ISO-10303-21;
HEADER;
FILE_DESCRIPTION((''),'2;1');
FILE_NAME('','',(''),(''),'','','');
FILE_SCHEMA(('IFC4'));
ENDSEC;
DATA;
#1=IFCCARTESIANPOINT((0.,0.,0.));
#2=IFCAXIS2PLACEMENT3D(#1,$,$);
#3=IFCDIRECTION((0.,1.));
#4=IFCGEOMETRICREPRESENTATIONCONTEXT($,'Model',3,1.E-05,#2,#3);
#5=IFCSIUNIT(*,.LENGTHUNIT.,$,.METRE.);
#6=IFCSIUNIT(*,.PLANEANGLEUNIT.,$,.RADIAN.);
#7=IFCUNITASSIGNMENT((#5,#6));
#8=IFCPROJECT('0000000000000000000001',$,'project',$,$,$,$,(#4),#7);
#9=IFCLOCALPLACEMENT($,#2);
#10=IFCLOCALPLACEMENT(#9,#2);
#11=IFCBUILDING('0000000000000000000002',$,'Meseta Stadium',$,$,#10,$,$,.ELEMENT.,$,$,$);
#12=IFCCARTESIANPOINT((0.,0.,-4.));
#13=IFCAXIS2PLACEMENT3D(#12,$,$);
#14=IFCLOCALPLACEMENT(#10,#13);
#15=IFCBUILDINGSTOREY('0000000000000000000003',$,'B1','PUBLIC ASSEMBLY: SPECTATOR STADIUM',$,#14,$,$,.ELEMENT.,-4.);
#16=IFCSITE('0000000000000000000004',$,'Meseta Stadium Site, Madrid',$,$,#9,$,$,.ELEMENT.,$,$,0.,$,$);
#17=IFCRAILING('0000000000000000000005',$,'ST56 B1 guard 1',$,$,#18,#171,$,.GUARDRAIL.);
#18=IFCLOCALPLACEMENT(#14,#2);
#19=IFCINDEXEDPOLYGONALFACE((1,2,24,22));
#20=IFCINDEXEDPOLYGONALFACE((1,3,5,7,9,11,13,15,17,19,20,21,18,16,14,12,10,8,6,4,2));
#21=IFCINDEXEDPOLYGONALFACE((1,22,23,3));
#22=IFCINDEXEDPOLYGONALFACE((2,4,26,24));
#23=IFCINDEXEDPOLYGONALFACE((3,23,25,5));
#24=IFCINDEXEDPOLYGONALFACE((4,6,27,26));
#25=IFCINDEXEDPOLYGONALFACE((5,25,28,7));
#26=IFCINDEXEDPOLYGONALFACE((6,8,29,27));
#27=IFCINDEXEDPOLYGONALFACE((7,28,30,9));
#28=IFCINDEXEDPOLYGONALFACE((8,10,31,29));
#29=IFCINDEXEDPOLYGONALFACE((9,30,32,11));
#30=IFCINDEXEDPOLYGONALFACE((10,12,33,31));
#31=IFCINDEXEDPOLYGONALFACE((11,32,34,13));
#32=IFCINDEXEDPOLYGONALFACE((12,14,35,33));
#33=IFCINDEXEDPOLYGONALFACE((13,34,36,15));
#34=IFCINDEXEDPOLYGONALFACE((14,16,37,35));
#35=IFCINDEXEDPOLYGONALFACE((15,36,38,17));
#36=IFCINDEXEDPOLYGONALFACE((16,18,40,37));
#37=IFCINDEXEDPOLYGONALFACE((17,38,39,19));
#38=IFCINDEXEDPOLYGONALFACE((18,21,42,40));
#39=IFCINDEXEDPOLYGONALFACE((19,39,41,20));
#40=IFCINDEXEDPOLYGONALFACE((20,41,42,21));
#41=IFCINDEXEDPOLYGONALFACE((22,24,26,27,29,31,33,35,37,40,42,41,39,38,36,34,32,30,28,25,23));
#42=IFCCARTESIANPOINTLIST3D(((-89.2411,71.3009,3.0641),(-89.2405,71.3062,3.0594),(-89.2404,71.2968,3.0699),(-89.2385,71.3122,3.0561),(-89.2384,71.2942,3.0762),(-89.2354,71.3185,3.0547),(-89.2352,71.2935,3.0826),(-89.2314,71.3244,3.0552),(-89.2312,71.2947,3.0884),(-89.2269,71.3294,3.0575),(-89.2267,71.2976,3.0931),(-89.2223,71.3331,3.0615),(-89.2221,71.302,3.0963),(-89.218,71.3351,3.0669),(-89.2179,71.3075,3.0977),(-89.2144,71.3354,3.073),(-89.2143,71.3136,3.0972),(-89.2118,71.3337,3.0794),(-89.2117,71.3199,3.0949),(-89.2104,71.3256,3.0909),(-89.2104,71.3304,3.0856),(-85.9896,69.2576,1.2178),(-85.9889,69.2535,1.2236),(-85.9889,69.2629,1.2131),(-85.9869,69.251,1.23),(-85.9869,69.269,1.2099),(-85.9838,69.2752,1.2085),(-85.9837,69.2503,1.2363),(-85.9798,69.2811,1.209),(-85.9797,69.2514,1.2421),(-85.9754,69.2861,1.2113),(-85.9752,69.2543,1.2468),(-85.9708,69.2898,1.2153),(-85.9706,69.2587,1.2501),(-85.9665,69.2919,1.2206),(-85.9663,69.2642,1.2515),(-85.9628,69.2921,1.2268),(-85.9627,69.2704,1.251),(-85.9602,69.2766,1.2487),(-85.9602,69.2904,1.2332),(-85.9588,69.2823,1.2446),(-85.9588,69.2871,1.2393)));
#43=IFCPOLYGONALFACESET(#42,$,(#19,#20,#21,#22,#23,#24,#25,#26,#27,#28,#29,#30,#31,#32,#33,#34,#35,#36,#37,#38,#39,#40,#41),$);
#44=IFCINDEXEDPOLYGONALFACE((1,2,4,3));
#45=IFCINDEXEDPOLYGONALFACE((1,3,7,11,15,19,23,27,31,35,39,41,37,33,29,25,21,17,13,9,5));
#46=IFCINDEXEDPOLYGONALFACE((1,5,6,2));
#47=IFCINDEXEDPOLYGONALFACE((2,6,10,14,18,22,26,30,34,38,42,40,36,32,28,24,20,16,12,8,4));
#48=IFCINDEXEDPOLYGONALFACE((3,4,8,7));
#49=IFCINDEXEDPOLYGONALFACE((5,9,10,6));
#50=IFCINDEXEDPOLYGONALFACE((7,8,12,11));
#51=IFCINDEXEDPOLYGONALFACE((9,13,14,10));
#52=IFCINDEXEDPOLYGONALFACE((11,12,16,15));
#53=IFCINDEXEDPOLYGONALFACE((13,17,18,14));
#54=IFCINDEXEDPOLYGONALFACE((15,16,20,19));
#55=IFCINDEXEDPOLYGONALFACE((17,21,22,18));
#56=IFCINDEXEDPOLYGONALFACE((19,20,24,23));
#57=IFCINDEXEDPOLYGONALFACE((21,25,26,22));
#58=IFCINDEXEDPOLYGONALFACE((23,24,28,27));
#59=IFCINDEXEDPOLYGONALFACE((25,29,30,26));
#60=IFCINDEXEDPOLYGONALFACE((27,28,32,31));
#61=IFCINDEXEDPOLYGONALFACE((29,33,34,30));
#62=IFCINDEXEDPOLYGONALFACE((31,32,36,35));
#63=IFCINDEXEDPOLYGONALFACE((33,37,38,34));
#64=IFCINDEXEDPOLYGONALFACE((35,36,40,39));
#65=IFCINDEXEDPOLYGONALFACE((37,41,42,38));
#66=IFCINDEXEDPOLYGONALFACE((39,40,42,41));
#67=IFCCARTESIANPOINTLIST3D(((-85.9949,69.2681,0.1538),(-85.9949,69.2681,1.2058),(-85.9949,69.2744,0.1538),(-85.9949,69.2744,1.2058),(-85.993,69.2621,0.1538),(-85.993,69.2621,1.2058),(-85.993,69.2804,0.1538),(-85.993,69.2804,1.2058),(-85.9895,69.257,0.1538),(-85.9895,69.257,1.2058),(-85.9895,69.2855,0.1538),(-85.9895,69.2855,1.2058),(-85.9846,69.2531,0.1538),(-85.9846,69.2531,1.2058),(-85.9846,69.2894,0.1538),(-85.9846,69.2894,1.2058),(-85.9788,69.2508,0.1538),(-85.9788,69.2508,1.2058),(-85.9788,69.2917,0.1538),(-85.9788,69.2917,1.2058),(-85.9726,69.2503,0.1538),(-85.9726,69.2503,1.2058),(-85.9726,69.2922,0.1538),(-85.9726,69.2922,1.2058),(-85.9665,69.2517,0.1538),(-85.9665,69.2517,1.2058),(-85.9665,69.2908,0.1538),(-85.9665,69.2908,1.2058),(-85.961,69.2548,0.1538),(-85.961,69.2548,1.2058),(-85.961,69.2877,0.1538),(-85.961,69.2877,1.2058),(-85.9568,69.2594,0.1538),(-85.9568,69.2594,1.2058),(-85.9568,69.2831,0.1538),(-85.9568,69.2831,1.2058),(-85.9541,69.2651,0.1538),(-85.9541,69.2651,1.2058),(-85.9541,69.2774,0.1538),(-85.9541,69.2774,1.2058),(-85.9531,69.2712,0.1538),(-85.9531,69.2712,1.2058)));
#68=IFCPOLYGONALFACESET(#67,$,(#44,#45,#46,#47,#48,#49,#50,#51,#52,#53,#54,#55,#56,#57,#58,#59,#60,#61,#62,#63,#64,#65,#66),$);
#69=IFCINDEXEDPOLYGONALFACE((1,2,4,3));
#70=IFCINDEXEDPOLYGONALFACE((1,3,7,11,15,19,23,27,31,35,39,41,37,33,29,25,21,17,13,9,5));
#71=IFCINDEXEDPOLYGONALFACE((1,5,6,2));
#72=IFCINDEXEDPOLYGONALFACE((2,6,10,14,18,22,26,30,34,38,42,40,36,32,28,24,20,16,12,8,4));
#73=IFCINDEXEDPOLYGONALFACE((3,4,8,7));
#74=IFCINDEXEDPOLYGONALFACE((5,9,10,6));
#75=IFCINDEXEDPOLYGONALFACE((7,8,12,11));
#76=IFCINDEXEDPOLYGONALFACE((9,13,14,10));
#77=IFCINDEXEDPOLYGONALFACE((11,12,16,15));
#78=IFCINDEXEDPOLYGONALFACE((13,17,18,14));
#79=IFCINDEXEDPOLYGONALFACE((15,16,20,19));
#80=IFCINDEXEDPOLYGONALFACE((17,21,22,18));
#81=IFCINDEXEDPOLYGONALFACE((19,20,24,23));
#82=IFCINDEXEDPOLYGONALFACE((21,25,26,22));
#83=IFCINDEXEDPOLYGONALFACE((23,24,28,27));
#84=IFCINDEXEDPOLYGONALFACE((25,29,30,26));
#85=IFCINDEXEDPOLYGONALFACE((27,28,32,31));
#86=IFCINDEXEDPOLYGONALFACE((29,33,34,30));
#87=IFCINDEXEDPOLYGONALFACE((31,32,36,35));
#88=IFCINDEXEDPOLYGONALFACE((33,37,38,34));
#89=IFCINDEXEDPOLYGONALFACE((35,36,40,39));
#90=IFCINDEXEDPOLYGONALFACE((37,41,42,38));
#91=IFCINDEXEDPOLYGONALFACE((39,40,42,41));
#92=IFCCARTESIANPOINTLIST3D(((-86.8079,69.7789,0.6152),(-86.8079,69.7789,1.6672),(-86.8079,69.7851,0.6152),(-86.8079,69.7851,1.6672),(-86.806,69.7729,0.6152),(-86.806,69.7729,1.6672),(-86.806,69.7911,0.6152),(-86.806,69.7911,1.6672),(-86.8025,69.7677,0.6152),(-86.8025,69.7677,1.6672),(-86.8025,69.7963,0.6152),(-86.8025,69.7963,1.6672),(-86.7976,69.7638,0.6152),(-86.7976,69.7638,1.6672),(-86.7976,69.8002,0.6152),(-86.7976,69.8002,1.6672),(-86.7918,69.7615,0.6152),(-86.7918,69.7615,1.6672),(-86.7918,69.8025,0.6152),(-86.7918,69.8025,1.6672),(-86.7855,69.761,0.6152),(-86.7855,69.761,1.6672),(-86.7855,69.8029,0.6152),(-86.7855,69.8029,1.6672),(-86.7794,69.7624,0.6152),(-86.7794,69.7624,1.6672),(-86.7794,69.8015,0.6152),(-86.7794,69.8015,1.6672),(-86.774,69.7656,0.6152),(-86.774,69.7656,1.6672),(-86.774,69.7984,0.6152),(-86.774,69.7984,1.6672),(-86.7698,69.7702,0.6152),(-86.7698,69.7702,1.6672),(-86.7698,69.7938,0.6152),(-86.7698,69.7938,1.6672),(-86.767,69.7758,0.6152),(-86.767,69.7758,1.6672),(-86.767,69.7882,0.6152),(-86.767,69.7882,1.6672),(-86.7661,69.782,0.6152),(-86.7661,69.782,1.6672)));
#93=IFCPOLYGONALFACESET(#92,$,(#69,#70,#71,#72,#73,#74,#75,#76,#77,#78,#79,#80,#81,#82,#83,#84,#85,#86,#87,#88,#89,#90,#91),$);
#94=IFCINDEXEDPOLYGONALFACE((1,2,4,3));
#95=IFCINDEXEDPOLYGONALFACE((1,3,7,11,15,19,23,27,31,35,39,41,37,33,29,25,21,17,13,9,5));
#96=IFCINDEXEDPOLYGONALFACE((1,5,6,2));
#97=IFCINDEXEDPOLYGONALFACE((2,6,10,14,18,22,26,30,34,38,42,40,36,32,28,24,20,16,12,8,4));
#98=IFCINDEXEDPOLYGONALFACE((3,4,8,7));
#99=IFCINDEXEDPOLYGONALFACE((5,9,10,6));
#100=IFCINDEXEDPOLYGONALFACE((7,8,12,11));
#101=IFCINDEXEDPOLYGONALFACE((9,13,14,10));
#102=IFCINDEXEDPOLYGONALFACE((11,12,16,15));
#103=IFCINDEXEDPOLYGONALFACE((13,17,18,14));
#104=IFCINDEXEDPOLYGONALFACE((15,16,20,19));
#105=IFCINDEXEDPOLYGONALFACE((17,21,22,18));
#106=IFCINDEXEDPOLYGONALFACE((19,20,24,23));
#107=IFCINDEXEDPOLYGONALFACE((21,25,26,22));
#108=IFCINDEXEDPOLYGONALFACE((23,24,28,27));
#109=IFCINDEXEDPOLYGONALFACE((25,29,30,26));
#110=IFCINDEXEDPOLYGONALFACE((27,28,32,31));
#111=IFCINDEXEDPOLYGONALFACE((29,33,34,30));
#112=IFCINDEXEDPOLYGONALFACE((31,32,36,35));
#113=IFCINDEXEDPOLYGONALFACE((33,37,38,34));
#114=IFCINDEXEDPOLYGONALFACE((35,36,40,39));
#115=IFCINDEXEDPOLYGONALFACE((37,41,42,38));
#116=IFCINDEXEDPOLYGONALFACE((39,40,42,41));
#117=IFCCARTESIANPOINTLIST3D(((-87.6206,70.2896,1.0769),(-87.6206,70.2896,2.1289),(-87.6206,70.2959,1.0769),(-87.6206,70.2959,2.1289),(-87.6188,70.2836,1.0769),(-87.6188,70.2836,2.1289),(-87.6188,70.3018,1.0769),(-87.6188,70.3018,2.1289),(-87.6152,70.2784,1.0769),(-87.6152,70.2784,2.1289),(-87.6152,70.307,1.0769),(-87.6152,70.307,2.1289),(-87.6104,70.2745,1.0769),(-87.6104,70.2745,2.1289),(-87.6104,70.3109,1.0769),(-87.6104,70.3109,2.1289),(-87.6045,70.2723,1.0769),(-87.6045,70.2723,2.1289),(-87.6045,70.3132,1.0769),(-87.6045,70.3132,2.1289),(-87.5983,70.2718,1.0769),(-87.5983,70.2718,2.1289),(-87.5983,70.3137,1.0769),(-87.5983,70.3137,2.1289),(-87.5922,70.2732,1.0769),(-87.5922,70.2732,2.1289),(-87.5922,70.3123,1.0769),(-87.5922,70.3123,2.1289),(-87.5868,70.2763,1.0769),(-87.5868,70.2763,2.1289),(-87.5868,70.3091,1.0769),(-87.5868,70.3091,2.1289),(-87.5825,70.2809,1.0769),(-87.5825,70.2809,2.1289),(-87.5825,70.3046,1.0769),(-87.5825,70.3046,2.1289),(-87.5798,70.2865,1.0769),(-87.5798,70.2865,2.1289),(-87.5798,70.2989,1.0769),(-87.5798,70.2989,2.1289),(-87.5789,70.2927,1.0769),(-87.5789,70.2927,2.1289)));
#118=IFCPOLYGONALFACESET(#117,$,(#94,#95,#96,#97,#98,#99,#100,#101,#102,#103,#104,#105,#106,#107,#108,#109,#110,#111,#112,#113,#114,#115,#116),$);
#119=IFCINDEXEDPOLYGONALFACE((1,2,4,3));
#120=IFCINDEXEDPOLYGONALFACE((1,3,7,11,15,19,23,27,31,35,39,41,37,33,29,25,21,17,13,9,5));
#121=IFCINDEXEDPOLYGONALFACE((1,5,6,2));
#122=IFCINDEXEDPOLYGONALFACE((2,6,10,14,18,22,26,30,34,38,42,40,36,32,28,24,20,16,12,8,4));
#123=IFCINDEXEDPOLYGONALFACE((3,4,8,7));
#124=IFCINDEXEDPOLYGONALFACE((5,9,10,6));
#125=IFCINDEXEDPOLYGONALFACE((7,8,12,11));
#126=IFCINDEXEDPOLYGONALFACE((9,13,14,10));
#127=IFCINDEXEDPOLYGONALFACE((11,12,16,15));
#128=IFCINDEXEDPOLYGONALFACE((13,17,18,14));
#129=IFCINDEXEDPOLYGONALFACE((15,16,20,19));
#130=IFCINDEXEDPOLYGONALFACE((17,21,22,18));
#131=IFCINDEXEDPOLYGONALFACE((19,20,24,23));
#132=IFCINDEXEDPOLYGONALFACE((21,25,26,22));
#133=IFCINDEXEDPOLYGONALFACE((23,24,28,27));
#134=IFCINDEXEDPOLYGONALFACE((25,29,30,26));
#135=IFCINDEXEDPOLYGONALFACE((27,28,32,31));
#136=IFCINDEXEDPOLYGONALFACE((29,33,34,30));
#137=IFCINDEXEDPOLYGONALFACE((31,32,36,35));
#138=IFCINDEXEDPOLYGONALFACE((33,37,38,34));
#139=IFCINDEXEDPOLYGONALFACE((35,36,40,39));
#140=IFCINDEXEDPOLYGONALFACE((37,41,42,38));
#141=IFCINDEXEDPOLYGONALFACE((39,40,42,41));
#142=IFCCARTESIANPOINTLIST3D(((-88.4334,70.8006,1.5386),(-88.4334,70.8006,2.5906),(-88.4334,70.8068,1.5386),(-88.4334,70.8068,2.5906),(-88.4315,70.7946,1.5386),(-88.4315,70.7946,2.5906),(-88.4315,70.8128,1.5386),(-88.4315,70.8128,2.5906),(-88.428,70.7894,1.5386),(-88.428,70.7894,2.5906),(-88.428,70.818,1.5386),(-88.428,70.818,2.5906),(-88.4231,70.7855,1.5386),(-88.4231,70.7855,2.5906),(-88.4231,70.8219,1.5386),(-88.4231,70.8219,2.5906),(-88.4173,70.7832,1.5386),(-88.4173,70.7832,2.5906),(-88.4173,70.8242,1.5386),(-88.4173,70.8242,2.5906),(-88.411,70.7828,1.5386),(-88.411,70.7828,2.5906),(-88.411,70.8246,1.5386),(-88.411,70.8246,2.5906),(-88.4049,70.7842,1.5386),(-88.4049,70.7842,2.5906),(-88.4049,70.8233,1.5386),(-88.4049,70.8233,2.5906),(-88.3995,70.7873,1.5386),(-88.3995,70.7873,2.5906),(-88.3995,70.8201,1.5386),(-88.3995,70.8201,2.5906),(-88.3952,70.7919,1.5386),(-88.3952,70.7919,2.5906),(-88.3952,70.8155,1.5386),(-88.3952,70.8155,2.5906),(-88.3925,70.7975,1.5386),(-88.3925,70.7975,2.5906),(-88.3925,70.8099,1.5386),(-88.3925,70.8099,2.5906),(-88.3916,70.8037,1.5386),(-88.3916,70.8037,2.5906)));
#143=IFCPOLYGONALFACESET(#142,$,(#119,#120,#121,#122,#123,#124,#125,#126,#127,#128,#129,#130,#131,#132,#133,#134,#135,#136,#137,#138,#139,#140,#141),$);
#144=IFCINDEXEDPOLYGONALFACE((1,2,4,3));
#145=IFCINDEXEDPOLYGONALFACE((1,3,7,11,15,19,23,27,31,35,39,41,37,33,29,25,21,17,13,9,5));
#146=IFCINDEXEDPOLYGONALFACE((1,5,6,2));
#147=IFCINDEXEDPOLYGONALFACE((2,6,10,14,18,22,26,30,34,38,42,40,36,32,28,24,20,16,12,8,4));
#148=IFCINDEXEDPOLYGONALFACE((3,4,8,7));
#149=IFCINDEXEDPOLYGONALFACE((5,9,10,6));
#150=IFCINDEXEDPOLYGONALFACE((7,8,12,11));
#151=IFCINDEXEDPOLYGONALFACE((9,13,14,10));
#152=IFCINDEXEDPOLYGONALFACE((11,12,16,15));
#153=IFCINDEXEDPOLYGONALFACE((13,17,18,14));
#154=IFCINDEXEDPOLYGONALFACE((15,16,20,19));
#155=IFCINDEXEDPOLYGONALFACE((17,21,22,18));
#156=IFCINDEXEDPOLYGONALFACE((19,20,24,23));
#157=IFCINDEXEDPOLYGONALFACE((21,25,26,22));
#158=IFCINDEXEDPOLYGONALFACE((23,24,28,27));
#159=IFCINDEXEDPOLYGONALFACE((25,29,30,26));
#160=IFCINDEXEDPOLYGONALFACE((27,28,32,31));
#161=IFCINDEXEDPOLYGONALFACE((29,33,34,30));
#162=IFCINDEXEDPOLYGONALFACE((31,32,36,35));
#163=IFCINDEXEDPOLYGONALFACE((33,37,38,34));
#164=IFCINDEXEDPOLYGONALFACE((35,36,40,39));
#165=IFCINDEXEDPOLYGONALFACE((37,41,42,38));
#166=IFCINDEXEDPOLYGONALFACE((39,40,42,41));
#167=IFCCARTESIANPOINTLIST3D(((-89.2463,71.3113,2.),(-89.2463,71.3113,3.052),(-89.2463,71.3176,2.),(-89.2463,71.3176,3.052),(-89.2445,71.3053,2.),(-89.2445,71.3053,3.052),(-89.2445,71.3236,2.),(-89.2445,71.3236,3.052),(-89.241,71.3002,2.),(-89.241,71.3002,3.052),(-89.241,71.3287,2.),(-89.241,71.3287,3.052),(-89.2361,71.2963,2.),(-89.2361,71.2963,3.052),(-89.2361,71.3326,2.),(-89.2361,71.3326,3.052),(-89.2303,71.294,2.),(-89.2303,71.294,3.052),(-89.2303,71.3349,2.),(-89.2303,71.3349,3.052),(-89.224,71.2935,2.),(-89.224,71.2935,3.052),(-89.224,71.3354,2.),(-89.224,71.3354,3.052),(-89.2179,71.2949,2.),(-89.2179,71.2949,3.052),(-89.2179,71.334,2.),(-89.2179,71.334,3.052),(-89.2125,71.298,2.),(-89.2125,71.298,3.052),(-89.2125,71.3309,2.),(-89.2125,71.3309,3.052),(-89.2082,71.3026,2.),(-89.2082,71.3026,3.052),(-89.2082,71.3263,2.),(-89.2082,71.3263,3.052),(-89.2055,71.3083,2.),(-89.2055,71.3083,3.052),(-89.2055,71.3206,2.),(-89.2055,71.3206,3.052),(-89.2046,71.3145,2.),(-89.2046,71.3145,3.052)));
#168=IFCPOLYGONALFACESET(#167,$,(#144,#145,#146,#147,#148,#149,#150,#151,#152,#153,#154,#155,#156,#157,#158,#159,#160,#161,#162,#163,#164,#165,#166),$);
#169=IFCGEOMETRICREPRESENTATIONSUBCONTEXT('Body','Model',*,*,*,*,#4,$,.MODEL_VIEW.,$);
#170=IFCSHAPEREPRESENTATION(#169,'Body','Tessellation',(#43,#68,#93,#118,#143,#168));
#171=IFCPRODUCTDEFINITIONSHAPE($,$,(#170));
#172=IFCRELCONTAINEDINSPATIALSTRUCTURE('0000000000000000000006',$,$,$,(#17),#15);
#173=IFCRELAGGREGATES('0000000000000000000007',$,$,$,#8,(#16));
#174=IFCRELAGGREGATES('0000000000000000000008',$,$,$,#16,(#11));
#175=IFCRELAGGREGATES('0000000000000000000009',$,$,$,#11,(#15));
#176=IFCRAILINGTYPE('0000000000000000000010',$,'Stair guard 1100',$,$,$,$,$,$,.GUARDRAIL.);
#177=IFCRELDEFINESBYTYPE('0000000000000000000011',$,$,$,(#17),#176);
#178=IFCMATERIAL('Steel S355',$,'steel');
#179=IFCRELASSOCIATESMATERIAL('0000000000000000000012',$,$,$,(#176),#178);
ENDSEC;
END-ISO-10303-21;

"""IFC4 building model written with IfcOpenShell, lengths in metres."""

from ifc_helpers import new_model, si_unit, direction, frame, origin, origin_2d, place, context, subcontext, project, spatial, circle, extrude, material, type_object, element, save


model = new_model("IFC4")

# Units and contexts
model_context = context("Model", 3, precision=1e-05, world=origin(), true_north=direction((0.0, 1.0)))
body_context = subcontext(model_context, "Body", "Model", "MODEL_VIEW")
ifc_project = project(units=[si_unit("LENGTHUNIT", "METRE"), si_unit("PLANEANGLEUNIT", "RADIAN")], contexts=[model_context])

# Site, building, storey
site_placement = place(None, origin())
site = spatial("IfcSite", under=ifc_project, at=site_placement, Name="Meseta Stadium Site, Madrid", CompositionType="ELEMENT", RefElevation=0.0)
building_placement = place(site_placement, origin())
building = spatial("IfcBuilding", under=site, at=building_placement, Name="Meseta Stadium", CompositionType="ELEMENT")
storey_placement = place(building_placement, frame((0.0, 0.0, -4.0)))
storey = spatial("IfcBuildingStorey", under=building, at=storey_placement, Name="B1", Description="PUBLIC ASSEMBLY: SPECTATOR STADIUM", CompositionType="ELEMENT", Elevation=-4.0)

# Railing
ifc_material_1 = material(Name="Steel S355", Category="steel")
railing_type_1 = type_object("IfcRailingType", Name="Stair guard 1100", PredefinedType="GUARDRAIL", material=ifc_material_1)
railing_1_placement = place(storey_placement, frame((-85.9741, 69.2712, 0.1538)))
element("IfcRailing", 1, at=railing_1_placement, inside=storey, type_object=railing_type_1, Name="ST56 B1 guard 1", PredefinedType="GUARDRAIL", context=body_context, shape_type="SweptSolid", body=[
    extrude(circle(Radius=0.0239, at=origin_2d()), frame((0.0, 0.0, 1.0762), z_axis=(-0.763096, 0.479527, 0.433288), x_axis=(-0.532066, -0.846703, 0.0)), (0.0, 0.0, 1.0), 4.261),
    extrude(circle(Radius=0.021, at=origin_2d()), origin(), (0.0, 0.0, 1.0), 1.052),
    extrude(circle(Radius=0.021, at=origin_2d()), frame((-0.813, 0.5107, 0.4614)), (0.0, 0.0, 1.0), 1.052),
    extrude(circle(Radius=0.021, at=origin_2d()), frame((-1.6257, 1.0215, 0.9231)), (0.0, 0.0, 1.0), 1.052),
    extrude(circle(Radius=0.021, at=origin_2d()), frame((-2.4385, 1.5325, 1.3848)), (0.0, 0.0, 1.0), 1.052),
    extrude(circle(Radius=0.021, at=origin_2d()), frame((-3.2515, 2.0432, 1.8462)), (0.0, 0.0, 1.0), 1.052),
])

save(model, "model.ifc")
